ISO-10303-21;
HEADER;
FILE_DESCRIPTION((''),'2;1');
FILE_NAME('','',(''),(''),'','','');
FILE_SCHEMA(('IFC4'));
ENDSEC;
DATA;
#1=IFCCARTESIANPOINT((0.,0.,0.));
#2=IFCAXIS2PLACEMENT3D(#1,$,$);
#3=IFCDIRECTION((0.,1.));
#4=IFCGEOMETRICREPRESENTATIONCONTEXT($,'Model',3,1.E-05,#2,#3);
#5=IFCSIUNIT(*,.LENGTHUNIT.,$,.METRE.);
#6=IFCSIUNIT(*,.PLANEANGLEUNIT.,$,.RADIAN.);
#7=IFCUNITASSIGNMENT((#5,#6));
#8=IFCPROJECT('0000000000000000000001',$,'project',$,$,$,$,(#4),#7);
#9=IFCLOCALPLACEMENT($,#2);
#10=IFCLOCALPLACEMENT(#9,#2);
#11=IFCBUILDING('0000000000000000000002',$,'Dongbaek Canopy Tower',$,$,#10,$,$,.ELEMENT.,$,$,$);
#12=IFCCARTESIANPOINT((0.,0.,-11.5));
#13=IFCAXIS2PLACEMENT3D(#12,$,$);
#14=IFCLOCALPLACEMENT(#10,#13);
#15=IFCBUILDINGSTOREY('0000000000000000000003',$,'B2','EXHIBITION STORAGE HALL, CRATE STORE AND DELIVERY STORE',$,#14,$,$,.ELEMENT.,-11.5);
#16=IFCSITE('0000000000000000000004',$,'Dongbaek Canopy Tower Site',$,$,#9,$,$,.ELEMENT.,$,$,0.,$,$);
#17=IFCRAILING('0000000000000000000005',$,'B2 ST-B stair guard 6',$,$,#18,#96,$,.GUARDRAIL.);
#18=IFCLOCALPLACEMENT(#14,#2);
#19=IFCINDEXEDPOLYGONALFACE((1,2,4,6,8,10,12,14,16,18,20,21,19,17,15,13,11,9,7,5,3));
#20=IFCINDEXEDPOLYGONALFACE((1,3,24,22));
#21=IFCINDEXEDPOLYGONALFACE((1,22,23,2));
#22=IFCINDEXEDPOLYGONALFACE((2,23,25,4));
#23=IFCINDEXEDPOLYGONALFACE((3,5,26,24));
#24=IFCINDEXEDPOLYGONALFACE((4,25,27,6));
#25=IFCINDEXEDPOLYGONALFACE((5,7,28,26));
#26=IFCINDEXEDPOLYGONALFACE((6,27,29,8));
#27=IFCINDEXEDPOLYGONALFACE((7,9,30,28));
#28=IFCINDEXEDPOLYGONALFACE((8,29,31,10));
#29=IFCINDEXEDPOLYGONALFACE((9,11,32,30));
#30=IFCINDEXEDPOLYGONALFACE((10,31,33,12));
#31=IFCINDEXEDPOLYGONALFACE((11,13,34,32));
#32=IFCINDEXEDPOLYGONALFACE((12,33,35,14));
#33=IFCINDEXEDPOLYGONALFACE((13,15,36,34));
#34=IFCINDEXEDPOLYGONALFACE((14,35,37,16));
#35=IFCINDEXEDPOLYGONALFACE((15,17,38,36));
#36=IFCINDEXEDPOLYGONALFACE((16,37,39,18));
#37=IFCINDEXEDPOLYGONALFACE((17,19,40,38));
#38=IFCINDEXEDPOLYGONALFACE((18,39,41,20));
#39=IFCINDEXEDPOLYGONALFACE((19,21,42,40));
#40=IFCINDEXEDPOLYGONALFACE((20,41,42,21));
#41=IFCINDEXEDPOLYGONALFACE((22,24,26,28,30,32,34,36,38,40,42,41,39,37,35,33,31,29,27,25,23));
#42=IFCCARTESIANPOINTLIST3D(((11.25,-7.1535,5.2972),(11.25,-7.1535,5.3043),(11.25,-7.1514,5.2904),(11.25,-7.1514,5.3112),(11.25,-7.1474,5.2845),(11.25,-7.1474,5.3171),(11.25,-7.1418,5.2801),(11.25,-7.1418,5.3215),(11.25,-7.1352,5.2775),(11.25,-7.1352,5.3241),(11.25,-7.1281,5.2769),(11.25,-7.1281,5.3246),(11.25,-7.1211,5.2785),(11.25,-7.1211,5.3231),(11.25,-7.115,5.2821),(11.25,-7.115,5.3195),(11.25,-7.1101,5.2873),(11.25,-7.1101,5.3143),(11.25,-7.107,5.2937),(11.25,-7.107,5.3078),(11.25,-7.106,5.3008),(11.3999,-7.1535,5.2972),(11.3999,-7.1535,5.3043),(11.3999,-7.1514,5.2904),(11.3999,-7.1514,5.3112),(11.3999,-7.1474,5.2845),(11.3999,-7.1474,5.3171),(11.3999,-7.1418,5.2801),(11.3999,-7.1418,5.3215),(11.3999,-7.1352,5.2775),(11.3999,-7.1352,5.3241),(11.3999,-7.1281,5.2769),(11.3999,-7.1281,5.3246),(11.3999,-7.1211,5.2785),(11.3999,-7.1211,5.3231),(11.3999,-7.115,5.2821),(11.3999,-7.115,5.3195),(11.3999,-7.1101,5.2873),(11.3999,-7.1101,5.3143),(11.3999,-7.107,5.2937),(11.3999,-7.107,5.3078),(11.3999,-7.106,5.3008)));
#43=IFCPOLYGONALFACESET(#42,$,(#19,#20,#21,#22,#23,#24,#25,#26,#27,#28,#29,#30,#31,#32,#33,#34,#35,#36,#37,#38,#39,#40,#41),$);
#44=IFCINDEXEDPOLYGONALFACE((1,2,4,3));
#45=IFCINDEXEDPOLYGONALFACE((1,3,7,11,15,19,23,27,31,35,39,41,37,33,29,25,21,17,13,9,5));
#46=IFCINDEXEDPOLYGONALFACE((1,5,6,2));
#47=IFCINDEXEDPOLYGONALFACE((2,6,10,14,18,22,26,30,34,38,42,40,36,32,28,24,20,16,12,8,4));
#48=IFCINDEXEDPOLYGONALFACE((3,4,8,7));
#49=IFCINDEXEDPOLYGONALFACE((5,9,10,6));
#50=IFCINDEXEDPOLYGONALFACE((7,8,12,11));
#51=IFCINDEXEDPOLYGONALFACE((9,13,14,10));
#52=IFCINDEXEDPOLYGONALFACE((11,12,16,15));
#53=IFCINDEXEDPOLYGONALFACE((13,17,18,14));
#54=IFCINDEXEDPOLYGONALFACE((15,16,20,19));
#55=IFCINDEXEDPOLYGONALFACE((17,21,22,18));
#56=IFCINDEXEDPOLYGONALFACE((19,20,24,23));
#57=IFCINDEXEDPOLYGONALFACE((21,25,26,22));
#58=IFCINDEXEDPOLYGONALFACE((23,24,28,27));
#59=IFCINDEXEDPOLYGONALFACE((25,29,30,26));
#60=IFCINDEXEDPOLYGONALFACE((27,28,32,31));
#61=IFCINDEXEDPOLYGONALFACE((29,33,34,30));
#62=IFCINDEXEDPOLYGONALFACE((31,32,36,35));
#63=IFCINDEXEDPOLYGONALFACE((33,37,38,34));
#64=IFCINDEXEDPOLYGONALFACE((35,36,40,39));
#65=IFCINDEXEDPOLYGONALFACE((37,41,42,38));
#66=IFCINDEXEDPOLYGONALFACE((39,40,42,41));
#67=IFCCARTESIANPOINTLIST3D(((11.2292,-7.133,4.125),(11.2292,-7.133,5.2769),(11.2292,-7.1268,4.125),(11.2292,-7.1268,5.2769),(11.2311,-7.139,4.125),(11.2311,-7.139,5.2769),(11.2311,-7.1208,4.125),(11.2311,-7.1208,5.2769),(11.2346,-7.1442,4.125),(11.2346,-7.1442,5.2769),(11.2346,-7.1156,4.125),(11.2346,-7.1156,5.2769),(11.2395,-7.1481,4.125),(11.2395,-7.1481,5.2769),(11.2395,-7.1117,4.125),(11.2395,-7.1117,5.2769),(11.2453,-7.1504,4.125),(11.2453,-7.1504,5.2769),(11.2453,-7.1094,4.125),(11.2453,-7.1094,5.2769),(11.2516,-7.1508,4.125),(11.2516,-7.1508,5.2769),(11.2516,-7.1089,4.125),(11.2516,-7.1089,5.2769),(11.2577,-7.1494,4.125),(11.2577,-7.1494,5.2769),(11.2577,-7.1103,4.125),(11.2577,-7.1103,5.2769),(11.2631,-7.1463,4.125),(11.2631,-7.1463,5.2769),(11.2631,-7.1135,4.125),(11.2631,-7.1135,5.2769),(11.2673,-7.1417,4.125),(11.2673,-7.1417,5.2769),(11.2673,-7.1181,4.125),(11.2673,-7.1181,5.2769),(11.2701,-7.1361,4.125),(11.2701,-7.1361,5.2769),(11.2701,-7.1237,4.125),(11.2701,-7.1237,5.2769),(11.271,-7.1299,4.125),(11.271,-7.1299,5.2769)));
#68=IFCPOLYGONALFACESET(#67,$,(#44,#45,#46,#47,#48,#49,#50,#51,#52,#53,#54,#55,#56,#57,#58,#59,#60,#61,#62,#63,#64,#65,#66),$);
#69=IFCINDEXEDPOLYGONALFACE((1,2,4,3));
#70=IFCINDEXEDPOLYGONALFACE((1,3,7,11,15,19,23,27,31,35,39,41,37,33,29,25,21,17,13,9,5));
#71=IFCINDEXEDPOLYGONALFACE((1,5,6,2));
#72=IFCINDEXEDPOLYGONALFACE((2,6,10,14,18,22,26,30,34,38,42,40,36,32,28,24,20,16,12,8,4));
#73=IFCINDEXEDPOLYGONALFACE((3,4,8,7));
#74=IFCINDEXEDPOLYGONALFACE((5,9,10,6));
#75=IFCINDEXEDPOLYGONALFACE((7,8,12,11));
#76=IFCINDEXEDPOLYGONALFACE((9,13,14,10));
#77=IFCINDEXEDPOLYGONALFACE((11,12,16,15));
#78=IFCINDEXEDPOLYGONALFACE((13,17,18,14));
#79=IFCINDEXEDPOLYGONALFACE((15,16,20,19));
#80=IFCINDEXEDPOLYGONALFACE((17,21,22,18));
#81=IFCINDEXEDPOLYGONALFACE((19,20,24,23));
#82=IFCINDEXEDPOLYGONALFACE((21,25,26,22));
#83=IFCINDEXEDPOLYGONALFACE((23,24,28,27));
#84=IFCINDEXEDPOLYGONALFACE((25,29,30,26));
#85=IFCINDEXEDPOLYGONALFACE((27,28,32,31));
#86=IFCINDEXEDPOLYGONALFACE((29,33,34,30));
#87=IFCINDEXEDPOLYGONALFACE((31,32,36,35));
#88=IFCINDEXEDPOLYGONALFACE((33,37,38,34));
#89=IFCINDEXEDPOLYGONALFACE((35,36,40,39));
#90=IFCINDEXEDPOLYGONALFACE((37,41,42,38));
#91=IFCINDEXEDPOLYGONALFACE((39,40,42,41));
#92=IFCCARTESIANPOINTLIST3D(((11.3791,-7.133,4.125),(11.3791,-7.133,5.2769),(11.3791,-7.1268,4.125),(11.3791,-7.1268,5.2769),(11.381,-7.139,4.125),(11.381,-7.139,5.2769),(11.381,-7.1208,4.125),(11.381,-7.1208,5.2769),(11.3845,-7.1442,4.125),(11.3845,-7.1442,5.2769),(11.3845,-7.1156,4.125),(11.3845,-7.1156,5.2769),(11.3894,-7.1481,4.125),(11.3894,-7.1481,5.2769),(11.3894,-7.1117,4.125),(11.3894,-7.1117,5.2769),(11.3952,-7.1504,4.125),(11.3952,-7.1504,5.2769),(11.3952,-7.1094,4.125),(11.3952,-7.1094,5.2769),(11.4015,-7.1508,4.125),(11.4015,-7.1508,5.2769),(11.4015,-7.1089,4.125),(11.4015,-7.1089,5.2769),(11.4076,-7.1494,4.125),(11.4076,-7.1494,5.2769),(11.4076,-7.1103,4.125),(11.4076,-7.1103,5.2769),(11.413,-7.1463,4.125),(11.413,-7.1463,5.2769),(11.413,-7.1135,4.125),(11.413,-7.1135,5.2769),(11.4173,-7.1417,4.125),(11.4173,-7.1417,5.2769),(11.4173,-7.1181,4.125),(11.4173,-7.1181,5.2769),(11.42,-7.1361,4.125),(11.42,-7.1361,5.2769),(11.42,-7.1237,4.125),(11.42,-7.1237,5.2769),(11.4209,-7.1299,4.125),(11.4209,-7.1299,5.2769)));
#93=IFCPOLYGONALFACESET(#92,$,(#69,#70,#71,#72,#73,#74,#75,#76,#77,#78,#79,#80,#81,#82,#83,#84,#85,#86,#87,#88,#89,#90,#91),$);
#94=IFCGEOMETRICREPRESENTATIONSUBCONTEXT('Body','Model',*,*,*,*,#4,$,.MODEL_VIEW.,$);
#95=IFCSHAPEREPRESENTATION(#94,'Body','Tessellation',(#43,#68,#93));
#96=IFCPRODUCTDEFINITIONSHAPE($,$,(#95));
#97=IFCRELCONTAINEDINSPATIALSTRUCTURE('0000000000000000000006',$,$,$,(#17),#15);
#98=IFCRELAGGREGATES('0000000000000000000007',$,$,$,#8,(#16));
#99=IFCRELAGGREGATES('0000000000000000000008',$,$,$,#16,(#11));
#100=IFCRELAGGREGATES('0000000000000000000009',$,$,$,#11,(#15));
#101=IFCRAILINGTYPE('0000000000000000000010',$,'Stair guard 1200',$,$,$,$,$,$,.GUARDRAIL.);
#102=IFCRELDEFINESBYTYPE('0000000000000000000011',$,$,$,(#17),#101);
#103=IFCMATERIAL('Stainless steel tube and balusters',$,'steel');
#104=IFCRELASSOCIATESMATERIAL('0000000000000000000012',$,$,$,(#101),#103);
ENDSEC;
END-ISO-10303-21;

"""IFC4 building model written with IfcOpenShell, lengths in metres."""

from ifc_helpers import new_model, si_unit, direction, frame, origin, origin_2d, place, context, subcontext, project, spatial, circle, extrude, material, type_object, element, save


model = new_model("IFC4")

# Units and contexts
model_context = context("Model", 3, precision=1e-05, world=origin(), true_north=direction((0.0, 1.0)))
body_context = subcontext(model_context, "Body", "Model", "MODEL_VIEW")
ifc_project = project(units=[si_unit("LENGTHUNIT", "METRE"), si_unit("PLANEANGLEUNIT", "RADIAN")], contexts=[model_context])

# Site, building, storey
site_placement = place(None, origin())
site = spatial("IfcSite", under=ifc_project, at=site_placement, Name="Dongbaek Canopy Tower Site", CompositionType="ELEMENT", RefElevation=0.0)
building_placement = place(site_placement, origin())
building = spatial("IfcBuilding", under=site, at=building_placement, Name="Dongbaek Canopy Tower", CompositionType="ELEMENT")
storey_placement = place(building_placement, frame((0.0, 0.0, -11.5)))
storey = spatial("IfcBuildingStorey", under=building, at=storey_placement, Name="B2", Description="EXHIBITION STORAGE HALL, CRATE STORE AND DELIVERY STORE", CompositionType="ELEMENT", Elevation=-11.5)

# Railing
ifc_material_1 = material(Name="Stainless steel tube and balusters", Category="steel")
railing_type_1 = type_object("IfcRailingType", Name="Stair guard 1200", PredefinedType="GUARDRAIL", material=ifc_material_1)
railing_1_placement = place(storey_placement, frame((11.25, -7.1299, 4.125)))
element("IfcRailing", 1, at=railing_1_placement, inside=storey, type_object=railing_type_1, Name="B2 ST-B stair guard 6", PredefinedType="GUARDRAIL", context=body_context, shape_type="SweptSolid", body=[
    extrude(circle(Radius=0.0239, at=origin_2d()), frame((0.0, 0.0, 1.1758), z_axis=(1.0, 0.0, 0.0), x_axis=(0.0, 1.0, 0.0)), (0.0, 0.0, 1.0), 0.1499),
    extrude(circle(Radius=0.021, at=origin_2d()), origin(), (0.0, 0.0, 1.0), 1.1519),
    extrude(circle(Radius=0.021, at=origin_2d()), frame((0.1499, 0.0, 0.0)), (0.0, 0.0, 1.0), 1.1519),
])

save(model, "model.ifc")
